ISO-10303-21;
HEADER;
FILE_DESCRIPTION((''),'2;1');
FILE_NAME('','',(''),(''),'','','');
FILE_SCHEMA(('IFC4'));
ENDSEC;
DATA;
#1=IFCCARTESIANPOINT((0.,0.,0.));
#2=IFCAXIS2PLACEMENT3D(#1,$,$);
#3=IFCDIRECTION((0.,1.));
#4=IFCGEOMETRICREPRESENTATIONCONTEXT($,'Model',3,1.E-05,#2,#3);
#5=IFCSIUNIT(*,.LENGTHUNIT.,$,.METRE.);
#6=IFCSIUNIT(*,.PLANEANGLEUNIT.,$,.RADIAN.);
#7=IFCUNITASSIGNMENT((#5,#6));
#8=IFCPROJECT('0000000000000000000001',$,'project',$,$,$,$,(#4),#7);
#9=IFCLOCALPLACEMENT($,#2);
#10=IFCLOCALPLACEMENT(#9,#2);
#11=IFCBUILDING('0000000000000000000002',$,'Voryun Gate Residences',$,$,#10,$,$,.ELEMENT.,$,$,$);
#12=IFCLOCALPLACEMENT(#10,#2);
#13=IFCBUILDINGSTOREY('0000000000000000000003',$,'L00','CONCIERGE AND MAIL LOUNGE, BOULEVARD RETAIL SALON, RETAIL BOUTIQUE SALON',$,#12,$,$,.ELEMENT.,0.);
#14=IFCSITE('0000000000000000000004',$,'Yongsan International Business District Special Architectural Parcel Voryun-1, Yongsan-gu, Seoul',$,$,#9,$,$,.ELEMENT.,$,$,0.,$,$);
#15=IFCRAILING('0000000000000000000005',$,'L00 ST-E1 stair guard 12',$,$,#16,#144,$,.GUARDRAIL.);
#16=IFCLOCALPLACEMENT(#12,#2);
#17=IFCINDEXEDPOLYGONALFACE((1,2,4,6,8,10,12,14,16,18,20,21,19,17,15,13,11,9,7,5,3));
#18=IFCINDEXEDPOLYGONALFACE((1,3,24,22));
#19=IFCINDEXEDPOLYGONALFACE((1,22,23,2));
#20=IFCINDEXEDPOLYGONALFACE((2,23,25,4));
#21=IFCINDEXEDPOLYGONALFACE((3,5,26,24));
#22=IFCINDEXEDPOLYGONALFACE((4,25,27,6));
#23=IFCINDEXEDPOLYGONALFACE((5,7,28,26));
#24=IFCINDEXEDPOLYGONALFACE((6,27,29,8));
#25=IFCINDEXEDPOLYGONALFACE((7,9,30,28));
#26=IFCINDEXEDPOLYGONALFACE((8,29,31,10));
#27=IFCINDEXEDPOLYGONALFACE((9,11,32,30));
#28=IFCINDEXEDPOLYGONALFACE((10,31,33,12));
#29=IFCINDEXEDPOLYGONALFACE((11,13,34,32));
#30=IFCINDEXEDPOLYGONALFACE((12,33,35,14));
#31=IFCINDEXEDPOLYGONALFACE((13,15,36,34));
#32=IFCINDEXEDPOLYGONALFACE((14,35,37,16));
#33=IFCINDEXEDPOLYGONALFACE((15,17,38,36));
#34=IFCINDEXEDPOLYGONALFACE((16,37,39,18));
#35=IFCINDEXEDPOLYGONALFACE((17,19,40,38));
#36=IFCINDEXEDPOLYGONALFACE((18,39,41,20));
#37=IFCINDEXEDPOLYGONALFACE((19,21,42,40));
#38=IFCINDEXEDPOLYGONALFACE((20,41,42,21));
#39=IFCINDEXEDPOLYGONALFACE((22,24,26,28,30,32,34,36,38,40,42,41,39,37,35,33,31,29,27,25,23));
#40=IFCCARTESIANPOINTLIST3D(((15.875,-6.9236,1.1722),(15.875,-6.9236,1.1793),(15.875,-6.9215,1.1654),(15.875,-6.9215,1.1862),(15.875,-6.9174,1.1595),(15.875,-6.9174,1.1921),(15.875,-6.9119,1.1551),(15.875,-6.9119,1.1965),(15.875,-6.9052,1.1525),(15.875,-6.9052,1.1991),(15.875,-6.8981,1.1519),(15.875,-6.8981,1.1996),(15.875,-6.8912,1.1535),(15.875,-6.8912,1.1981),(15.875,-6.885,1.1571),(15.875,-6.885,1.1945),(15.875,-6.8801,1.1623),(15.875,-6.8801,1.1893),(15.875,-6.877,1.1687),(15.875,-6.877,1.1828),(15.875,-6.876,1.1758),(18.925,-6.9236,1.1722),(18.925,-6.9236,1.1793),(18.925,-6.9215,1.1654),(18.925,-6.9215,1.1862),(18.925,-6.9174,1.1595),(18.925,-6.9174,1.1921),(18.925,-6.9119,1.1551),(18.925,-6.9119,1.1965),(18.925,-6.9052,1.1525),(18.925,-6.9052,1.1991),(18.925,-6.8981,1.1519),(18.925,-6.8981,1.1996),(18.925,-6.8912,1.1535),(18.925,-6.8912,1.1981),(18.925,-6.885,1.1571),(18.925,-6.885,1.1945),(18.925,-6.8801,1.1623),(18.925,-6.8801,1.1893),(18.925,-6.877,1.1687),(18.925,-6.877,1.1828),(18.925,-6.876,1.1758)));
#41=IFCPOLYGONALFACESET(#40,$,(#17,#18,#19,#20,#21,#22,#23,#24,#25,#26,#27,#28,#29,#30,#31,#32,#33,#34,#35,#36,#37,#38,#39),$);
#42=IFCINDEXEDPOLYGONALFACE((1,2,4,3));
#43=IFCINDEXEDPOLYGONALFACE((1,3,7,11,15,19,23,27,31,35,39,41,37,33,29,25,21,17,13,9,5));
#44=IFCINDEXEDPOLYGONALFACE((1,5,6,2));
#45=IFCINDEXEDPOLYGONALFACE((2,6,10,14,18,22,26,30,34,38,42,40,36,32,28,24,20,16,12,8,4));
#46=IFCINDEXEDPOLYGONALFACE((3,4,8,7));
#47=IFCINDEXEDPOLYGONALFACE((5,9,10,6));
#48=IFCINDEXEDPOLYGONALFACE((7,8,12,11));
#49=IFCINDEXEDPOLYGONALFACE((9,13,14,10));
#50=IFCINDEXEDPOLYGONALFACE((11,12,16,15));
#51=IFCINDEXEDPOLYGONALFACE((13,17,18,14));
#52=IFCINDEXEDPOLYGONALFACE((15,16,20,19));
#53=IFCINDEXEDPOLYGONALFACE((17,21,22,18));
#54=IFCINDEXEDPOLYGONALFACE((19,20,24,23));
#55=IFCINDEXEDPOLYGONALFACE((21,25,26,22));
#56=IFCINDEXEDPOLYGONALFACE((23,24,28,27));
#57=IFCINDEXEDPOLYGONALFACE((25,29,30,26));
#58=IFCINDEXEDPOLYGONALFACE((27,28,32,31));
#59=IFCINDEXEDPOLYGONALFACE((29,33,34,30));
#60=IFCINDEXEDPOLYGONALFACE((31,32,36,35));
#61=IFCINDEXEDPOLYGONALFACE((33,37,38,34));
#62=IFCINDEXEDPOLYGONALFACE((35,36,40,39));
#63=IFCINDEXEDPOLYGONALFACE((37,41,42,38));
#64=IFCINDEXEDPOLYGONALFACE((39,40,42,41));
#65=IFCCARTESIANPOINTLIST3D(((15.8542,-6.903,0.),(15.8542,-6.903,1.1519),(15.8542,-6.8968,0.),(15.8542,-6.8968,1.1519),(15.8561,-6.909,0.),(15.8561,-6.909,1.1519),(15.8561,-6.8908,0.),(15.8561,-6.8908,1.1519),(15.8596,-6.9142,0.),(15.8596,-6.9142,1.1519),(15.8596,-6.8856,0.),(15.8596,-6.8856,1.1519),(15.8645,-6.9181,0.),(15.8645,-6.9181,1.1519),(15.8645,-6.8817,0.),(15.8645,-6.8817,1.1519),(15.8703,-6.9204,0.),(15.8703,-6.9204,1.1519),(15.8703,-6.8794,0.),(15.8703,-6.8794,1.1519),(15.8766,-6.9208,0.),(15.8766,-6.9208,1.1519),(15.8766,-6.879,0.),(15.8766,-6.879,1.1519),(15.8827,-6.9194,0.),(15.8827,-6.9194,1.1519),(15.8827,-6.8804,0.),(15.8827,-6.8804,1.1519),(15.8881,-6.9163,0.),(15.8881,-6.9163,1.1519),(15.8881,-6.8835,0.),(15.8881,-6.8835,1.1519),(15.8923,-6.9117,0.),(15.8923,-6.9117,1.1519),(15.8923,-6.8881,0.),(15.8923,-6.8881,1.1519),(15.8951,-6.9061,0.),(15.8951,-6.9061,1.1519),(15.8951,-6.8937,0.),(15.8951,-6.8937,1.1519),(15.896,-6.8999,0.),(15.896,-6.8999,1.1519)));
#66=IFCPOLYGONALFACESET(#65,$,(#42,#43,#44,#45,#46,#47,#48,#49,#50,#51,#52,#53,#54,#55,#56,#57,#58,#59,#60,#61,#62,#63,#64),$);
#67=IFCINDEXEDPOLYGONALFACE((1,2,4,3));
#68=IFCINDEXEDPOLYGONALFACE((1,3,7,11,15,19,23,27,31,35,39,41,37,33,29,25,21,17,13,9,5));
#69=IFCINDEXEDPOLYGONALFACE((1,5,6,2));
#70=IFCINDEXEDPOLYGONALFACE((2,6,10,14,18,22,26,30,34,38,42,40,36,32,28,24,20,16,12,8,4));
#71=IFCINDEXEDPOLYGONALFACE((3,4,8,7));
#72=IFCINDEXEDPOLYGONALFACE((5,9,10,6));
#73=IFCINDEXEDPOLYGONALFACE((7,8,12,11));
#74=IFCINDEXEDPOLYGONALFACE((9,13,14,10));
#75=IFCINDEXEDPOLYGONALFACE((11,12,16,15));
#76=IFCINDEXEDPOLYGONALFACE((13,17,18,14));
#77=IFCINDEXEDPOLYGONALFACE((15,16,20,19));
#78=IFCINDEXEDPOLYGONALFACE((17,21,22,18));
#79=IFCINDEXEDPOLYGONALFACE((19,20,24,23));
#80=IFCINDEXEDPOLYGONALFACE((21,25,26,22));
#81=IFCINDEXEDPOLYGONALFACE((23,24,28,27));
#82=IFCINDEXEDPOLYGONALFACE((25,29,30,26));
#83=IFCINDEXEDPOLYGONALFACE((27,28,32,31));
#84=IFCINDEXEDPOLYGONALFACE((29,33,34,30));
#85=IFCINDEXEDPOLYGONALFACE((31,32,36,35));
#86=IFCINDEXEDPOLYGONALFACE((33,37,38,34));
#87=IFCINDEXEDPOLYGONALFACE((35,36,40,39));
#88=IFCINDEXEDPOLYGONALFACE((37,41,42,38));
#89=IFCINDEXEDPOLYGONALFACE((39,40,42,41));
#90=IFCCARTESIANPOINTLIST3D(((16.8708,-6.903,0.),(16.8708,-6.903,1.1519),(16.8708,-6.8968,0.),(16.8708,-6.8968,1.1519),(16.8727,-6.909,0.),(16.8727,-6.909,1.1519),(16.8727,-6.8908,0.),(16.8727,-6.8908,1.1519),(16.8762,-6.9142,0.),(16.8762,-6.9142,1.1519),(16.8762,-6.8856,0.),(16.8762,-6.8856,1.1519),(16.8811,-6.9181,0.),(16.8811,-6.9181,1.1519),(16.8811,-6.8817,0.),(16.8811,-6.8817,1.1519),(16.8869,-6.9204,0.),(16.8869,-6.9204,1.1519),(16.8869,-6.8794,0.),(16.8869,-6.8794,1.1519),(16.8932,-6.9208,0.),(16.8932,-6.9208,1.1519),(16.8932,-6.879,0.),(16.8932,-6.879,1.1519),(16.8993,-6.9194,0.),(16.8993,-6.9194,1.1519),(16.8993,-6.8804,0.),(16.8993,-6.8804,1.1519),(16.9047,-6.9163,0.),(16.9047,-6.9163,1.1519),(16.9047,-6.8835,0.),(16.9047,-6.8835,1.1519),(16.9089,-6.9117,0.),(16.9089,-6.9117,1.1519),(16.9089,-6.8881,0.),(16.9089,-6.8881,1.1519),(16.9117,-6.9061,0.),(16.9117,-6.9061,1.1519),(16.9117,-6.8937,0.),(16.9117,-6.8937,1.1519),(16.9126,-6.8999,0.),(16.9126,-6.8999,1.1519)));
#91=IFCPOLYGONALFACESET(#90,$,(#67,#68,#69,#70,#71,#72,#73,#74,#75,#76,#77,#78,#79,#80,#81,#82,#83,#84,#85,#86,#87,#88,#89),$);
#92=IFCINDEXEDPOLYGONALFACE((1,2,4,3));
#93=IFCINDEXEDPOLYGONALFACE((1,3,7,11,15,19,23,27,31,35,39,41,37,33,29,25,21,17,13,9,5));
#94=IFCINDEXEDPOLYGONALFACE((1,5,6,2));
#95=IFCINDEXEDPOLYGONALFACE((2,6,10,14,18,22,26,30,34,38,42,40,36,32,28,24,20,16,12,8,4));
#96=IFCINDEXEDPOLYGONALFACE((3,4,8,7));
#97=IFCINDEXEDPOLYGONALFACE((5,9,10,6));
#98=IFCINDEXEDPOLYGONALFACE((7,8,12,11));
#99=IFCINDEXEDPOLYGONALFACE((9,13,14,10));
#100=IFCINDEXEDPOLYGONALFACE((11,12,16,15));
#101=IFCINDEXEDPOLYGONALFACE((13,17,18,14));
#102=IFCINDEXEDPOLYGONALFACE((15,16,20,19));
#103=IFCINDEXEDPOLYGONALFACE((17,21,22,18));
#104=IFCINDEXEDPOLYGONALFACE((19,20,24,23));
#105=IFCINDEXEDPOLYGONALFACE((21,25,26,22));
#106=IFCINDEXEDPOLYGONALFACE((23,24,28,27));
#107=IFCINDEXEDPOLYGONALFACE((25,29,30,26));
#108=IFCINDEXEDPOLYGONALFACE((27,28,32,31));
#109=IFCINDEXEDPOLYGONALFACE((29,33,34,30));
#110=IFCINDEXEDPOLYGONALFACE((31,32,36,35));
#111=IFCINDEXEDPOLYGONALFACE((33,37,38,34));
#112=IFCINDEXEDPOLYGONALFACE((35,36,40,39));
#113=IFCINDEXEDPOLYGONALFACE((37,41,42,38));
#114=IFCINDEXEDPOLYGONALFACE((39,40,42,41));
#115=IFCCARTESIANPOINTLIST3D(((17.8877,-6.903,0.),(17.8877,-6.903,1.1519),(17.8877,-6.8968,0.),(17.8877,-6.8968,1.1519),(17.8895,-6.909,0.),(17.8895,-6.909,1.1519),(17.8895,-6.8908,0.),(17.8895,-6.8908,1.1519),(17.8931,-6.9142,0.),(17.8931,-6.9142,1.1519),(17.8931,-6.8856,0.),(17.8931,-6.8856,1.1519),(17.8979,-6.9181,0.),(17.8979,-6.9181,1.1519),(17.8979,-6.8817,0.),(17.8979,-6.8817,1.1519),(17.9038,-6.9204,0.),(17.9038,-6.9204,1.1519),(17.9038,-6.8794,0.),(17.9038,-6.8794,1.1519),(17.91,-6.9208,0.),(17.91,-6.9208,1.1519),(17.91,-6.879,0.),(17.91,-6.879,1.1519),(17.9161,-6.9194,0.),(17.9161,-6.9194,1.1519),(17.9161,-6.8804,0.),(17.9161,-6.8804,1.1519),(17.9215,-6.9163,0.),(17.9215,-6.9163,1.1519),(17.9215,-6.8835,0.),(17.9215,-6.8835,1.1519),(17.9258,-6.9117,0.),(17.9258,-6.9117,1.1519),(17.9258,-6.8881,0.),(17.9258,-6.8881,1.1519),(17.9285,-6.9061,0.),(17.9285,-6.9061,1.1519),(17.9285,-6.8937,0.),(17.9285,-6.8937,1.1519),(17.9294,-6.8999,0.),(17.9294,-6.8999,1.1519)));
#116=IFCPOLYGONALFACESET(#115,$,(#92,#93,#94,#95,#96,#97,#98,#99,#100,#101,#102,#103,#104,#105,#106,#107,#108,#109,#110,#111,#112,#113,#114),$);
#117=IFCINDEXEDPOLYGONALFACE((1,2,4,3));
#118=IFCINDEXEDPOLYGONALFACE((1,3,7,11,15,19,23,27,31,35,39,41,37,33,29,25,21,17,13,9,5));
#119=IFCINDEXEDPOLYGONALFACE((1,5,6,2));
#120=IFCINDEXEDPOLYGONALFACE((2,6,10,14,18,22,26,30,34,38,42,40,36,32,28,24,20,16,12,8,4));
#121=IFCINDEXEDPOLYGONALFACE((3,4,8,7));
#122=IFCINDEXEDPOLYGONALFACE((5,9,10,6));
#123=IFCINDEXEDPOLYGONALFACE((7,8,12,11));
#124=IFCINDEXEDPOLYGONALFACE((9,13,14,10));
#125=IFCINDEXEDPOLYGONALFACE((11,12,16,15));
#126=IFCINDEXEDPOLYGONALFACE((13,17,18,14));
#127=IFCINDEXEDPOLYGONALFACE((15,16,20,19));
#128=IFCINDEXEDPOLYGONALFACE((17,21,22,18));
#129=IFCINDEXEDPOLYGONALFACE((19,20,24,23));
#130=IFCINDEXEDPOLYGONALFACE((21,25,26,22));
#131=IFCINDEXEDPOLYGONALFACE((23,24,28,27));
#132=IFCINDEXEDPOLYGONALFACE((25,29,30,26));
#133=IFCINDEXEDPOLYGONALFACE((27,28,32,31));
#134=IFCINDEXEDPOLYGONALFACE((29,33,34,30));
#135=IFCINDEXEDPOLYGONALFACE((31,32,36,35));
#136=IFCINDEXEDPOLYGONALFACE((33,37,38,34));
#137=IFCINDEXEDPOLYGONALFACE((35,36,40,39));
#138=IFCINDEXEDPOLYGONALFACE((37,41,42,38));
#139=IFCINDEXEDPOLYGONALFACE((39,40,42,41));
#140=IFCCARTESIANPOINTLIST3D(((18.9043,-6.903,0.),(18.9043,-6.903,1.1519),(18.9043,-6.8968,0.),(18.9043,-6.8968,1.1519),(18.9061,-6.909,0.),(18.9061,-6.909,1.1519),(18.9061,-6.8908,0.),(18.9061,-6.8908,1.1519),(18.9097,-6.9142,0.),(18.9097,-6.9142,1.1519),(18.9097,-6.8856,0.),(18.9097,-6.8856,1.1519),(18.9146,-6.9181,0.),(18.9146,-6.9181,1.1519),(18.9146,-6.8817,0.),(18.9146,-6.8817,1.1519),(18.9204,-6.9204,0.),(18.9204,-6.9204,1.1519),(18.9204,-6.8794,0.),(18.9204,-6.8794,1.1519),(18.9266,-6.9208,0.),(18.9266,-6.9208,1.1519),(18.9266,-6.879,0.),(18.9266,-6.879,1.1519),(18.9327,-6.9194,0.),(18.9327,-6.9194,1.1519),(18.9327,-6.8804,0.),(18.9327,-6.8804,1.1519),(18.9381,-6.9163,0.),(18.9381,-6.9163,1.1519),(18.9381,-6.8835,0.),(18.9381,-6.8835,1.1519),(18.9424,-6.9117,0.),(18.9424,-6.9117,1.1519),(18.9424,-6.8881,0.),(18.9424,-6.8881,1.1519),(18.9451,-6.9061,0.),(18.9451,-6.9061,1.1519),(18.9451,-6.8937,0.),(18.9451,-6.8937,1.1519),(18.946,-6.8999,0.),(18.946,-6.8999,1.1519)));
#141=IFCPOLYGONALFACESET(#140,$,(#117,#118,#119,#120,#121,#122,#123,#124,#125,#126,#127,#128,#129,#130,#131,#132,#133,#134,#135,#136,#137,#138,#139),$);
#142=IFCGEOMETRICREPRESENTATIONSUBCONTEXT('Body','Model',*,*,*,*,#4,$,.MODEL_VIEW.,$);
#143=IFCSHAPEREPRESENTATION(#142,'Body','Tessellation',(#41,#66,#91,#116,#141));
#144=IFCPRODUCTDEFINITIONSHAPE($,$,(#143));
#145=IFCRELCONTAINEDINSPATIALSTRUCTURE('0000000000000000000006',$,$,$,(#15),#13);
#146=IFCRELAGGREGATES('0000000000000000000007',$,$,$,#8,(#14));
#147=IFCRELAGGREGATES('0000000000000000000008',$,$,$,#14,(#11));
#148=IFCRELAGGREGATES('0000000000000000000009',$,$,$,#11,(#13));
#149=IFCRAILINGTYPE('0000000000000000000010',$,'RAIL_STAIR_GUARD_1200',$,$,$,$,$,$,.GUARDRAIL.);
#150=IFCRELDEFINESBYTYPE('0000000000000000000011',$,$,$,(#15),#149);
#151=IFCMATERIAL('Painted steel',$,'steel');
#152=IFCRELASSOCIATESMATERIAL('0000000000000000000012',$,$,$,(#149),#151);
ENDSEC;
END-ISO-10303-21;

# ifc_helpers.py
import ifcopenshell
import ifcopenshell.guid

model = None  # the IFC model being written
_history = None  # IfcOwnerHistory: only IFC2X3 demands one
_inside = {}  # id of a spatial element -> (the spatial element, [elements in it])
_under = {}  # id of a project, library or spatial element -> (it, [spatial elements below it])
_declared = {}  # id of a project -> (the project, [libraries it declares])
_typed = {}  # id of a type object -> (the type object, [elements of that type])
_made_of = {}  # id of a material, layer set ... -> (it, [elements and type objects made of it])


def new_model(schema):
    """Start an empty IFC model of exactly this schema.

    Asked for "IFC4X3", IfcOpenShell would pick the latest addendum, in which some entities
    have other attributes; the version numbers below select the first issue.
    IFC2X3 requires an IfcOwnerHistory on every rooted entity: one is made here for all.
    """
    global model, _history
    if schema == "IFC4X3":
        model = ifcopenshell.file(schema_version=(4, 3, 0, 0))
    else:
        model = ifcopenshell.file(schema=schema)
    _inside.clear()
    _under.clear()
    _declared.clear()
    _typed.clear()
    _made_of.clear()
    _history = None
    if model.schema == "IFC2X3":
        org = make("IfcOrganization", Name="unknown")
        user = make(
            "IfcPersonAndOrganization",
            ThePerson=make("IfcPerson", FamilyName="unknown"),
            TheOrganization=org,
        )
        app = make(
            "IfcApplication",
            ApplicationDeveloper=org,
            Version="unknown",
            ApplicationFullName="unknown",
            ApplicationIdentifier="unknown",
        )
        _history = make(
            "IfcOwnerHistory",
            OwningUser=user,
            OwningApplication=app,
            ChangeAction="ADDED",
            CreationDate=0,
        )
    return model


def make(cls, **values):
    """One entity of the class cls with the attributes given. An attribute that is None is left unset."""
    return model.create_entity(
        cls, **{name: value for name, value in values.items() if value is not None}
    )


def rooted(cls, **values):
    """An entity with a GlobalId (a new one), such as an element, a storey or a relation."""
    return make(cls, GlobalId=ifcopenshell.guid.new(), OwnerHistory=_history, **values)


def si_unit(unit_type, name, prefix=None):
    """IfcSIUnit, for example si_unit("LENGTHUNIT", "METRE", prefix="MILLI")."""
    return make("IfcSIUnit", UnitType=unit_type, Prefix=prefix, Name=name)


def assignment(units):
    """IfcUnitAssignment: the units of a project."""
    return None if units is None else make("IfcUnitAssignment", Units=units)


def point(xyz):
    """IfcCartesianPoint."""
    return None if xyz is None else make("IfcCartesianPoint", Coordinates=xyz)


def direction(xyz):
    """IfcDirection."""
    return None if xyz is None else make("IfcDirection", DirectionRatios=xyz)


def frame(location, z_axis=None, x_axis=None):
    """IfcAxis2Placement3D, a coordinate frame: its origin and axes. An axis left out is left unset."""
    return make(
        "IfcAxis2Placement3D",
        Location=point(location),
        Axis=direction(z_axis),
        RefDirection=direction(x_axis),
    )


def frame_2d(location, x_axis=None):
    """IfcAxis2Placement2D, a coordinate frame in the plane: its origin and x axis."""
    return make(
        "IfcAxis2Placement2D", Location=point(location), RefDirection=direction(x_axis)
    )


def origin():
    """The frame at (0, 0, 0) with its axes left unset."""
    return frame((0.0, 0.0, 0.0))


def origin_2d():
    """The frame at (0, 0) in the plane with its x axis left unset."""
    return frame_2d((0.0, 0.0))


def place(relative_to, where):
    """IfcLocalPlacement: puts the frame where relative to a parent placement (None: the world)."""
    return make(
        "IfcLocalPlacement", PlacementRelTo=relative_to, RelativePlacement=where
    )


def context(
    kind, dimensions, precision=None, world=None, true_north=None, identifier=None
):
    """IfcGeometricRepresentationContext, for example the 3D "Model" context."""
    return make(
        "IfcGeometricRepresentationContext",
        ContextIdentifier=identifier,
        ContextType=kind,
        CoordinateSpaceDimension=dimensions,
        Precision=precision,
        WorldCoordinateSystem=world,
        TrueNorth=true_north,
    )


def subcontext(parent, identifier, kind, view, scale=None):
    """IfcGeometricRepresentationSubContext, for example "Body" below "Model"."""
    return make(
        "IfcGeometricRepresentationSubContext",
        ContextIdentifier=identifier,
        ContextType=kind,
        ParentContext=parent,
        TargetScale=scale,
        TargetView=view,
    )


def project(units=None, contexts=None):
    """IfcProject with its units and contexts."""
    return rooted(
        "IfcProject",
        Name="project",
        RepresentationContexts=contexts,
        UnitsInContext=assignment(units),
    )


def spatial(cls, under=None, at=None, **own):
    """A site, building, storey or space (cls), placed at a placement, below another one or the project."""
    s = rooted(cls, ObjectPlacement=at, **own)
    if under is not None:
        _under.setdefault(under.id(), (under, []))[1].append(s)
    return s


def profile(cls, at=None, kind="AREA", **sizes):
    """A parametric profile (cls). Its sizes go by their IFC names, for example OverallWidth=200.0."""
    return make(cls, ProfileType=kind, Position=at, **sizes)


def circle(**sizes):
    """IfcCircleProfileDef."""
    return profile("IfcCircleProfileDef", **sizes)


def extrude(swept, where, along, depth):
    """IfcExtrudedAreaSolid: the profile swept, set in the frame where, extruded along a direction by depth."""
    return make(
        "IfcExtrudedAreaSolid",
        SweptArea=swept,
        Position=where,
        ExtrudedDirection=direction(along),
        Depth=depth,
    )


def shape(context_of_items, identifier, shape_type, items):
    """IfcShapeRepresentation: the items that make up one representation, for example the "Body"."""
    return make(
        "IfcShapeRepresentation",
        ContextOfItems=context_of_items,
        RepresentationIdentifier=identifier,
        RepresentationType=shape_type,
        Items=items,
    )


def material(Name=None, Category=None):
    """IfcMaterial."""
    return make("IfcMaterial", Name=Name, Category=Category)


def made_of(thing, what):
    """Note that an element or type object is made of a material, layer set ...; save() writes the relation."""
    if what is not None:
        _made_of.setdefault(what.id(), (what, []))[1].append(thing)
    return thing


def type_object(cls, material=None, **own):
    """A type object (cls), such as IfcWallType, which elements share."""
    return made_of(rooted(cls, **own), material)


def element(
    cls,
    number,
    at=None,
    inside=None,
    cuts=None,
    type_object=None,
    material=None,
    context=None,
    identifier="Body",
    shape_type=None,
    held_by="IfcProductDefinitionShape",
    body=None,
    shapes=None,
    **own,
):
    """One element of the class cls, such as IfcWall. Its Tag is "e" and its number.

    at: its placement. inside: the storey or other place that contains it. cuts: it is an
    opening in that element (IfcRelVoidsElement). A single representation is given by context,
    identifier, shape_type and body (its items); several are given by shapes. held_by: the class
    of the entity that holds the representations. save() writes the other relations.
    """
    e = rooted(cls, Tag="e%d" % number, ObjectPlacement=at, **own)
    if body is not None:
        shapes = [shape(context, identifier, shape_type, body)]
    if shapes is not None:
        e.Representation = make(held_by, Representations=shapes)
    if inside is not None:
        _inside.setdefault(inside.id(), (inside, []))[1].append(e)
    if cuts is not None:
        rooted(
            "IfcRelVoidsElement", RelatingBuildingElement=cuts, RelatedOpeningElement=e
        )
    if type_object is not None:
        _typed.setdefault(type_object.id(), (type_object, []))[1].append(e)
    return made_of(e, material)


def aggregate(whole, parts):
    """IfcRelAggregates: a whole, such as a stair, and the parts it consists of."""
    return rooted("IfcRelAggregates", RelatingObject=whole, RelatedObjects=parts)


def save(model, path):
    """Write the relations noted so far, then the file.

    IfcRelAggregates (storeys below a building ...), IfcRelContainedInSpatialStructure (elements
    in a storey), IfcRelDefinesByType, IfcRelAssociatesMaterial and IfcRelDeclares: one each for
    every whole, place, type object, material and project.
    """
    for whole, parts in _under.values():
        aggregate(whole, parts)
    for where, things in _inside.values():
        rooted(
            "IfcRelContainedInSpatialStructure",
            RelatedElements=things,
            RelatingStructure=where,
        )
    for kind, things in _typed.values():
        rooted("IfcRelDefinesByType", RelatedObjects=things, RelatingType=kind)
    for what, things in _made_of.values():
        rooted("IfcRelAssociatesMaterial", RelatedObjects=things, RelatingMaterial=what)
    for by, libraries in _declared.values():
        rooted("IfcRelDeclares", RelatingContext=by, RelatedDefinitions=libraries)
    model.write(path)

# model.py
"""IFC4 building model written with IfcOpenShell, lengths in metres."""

from ifc_helpers import new_model, si_unit, direction, frame, origin, origin_2d, place, context, subcontext, project, spatial, circle, extrude, material, type_object, element, save


model = new_model("IFC4")

# Units and contexts
model_context = context("Model", 3, precision=1e-05, world=origin(), true_north=direction((0.0, 1.0)))
body_context = subcontext(model_context, "Body", "Model", "MODEL_VIEW")
ifc_project = project(units=[si_unit("LENGTHUNIT", "METRE"), si_unit("PLANEANGLEUNIT", "RADIAN")], contexts=[model_context])

# Site, building, storey
site_placement = place(None, origin())
site = spatial("IfcSite", under=ifc_project, at=site_placement, Name="Yongsan International Business District Special Architectural Parcel Voryun-1, Yongsan-gu, Seoul", CompositionType="ELEMENT", RefElevation=0.0)
building_placement = place(site_placement, origin())
building = spatial("IfcBuilding", under=site, at=building_placement, Name="Voryun Gate Residences", CompositionType="ELEMENT")
storey_placement = place(building_placement, origin())
storey = spatial("IfcBuildingStorey", under=building, at=storey_placement, Name="L00", Description="CONCIERGE AND MAIL LOUNGE, BOULEVARD RETAIL SALON, RETAIL BOUTIQUE SALON", CompositionType="ELEMENT", Elevation=0.0)

# Railing
ifc_material_1 = material(Name="Painted steel", Category="steel")
railing_type_1 = type_object("IfcRailingType", Name="RAIL_STAIR_GUARD_1200", PredefinedType="GUARDRAIL", material=ifc_material_1)
railing_1_placement = place(storey_placement, frame((15.875, -6.8999, 0.0)))
element("IfcRailing", 1, at=railing_1_placement, inside=storey, type_object=railing_type_1, Name="L00 ST-E1 stair guard 12", PredefinedType="GUARDRAIL", context=body_context, shape_type="SweptSolid", body=[
    extrude(circle(Radius=0.0239, at=origin_2d()), frame((0.0, 0.0, 1.1758), z_axis=(1.0, 0.0, 0.0), x_axis=(0.0, 1.0, 0.0)), (0.0, 0.0, 1.0), 3.05),
    extrude(circle(Radius=0.021, at=origin_2d()), origin(), (0.0, 0.0, 1.0), 1.1519),
    extrude(circle(Radius=0.021, at=origin_2d()), frame((1.0166, 0.0, 0.0)), (0.0, 0.0, 1.0), 1.1519),
    extrude(circle(Radius=0.021, at=origin_2d()), frame((2.0334, 0.0, 0.0)), (0.0, 0.0, 1.0), 1.1519),
    extrude(circle(Radius=0.021, at=origin_2d()), frame((3.05, 0.0, 0.0)), (0.0, 0.0, 1.0), 1.1519),
])

save(model, "model.ifc")
